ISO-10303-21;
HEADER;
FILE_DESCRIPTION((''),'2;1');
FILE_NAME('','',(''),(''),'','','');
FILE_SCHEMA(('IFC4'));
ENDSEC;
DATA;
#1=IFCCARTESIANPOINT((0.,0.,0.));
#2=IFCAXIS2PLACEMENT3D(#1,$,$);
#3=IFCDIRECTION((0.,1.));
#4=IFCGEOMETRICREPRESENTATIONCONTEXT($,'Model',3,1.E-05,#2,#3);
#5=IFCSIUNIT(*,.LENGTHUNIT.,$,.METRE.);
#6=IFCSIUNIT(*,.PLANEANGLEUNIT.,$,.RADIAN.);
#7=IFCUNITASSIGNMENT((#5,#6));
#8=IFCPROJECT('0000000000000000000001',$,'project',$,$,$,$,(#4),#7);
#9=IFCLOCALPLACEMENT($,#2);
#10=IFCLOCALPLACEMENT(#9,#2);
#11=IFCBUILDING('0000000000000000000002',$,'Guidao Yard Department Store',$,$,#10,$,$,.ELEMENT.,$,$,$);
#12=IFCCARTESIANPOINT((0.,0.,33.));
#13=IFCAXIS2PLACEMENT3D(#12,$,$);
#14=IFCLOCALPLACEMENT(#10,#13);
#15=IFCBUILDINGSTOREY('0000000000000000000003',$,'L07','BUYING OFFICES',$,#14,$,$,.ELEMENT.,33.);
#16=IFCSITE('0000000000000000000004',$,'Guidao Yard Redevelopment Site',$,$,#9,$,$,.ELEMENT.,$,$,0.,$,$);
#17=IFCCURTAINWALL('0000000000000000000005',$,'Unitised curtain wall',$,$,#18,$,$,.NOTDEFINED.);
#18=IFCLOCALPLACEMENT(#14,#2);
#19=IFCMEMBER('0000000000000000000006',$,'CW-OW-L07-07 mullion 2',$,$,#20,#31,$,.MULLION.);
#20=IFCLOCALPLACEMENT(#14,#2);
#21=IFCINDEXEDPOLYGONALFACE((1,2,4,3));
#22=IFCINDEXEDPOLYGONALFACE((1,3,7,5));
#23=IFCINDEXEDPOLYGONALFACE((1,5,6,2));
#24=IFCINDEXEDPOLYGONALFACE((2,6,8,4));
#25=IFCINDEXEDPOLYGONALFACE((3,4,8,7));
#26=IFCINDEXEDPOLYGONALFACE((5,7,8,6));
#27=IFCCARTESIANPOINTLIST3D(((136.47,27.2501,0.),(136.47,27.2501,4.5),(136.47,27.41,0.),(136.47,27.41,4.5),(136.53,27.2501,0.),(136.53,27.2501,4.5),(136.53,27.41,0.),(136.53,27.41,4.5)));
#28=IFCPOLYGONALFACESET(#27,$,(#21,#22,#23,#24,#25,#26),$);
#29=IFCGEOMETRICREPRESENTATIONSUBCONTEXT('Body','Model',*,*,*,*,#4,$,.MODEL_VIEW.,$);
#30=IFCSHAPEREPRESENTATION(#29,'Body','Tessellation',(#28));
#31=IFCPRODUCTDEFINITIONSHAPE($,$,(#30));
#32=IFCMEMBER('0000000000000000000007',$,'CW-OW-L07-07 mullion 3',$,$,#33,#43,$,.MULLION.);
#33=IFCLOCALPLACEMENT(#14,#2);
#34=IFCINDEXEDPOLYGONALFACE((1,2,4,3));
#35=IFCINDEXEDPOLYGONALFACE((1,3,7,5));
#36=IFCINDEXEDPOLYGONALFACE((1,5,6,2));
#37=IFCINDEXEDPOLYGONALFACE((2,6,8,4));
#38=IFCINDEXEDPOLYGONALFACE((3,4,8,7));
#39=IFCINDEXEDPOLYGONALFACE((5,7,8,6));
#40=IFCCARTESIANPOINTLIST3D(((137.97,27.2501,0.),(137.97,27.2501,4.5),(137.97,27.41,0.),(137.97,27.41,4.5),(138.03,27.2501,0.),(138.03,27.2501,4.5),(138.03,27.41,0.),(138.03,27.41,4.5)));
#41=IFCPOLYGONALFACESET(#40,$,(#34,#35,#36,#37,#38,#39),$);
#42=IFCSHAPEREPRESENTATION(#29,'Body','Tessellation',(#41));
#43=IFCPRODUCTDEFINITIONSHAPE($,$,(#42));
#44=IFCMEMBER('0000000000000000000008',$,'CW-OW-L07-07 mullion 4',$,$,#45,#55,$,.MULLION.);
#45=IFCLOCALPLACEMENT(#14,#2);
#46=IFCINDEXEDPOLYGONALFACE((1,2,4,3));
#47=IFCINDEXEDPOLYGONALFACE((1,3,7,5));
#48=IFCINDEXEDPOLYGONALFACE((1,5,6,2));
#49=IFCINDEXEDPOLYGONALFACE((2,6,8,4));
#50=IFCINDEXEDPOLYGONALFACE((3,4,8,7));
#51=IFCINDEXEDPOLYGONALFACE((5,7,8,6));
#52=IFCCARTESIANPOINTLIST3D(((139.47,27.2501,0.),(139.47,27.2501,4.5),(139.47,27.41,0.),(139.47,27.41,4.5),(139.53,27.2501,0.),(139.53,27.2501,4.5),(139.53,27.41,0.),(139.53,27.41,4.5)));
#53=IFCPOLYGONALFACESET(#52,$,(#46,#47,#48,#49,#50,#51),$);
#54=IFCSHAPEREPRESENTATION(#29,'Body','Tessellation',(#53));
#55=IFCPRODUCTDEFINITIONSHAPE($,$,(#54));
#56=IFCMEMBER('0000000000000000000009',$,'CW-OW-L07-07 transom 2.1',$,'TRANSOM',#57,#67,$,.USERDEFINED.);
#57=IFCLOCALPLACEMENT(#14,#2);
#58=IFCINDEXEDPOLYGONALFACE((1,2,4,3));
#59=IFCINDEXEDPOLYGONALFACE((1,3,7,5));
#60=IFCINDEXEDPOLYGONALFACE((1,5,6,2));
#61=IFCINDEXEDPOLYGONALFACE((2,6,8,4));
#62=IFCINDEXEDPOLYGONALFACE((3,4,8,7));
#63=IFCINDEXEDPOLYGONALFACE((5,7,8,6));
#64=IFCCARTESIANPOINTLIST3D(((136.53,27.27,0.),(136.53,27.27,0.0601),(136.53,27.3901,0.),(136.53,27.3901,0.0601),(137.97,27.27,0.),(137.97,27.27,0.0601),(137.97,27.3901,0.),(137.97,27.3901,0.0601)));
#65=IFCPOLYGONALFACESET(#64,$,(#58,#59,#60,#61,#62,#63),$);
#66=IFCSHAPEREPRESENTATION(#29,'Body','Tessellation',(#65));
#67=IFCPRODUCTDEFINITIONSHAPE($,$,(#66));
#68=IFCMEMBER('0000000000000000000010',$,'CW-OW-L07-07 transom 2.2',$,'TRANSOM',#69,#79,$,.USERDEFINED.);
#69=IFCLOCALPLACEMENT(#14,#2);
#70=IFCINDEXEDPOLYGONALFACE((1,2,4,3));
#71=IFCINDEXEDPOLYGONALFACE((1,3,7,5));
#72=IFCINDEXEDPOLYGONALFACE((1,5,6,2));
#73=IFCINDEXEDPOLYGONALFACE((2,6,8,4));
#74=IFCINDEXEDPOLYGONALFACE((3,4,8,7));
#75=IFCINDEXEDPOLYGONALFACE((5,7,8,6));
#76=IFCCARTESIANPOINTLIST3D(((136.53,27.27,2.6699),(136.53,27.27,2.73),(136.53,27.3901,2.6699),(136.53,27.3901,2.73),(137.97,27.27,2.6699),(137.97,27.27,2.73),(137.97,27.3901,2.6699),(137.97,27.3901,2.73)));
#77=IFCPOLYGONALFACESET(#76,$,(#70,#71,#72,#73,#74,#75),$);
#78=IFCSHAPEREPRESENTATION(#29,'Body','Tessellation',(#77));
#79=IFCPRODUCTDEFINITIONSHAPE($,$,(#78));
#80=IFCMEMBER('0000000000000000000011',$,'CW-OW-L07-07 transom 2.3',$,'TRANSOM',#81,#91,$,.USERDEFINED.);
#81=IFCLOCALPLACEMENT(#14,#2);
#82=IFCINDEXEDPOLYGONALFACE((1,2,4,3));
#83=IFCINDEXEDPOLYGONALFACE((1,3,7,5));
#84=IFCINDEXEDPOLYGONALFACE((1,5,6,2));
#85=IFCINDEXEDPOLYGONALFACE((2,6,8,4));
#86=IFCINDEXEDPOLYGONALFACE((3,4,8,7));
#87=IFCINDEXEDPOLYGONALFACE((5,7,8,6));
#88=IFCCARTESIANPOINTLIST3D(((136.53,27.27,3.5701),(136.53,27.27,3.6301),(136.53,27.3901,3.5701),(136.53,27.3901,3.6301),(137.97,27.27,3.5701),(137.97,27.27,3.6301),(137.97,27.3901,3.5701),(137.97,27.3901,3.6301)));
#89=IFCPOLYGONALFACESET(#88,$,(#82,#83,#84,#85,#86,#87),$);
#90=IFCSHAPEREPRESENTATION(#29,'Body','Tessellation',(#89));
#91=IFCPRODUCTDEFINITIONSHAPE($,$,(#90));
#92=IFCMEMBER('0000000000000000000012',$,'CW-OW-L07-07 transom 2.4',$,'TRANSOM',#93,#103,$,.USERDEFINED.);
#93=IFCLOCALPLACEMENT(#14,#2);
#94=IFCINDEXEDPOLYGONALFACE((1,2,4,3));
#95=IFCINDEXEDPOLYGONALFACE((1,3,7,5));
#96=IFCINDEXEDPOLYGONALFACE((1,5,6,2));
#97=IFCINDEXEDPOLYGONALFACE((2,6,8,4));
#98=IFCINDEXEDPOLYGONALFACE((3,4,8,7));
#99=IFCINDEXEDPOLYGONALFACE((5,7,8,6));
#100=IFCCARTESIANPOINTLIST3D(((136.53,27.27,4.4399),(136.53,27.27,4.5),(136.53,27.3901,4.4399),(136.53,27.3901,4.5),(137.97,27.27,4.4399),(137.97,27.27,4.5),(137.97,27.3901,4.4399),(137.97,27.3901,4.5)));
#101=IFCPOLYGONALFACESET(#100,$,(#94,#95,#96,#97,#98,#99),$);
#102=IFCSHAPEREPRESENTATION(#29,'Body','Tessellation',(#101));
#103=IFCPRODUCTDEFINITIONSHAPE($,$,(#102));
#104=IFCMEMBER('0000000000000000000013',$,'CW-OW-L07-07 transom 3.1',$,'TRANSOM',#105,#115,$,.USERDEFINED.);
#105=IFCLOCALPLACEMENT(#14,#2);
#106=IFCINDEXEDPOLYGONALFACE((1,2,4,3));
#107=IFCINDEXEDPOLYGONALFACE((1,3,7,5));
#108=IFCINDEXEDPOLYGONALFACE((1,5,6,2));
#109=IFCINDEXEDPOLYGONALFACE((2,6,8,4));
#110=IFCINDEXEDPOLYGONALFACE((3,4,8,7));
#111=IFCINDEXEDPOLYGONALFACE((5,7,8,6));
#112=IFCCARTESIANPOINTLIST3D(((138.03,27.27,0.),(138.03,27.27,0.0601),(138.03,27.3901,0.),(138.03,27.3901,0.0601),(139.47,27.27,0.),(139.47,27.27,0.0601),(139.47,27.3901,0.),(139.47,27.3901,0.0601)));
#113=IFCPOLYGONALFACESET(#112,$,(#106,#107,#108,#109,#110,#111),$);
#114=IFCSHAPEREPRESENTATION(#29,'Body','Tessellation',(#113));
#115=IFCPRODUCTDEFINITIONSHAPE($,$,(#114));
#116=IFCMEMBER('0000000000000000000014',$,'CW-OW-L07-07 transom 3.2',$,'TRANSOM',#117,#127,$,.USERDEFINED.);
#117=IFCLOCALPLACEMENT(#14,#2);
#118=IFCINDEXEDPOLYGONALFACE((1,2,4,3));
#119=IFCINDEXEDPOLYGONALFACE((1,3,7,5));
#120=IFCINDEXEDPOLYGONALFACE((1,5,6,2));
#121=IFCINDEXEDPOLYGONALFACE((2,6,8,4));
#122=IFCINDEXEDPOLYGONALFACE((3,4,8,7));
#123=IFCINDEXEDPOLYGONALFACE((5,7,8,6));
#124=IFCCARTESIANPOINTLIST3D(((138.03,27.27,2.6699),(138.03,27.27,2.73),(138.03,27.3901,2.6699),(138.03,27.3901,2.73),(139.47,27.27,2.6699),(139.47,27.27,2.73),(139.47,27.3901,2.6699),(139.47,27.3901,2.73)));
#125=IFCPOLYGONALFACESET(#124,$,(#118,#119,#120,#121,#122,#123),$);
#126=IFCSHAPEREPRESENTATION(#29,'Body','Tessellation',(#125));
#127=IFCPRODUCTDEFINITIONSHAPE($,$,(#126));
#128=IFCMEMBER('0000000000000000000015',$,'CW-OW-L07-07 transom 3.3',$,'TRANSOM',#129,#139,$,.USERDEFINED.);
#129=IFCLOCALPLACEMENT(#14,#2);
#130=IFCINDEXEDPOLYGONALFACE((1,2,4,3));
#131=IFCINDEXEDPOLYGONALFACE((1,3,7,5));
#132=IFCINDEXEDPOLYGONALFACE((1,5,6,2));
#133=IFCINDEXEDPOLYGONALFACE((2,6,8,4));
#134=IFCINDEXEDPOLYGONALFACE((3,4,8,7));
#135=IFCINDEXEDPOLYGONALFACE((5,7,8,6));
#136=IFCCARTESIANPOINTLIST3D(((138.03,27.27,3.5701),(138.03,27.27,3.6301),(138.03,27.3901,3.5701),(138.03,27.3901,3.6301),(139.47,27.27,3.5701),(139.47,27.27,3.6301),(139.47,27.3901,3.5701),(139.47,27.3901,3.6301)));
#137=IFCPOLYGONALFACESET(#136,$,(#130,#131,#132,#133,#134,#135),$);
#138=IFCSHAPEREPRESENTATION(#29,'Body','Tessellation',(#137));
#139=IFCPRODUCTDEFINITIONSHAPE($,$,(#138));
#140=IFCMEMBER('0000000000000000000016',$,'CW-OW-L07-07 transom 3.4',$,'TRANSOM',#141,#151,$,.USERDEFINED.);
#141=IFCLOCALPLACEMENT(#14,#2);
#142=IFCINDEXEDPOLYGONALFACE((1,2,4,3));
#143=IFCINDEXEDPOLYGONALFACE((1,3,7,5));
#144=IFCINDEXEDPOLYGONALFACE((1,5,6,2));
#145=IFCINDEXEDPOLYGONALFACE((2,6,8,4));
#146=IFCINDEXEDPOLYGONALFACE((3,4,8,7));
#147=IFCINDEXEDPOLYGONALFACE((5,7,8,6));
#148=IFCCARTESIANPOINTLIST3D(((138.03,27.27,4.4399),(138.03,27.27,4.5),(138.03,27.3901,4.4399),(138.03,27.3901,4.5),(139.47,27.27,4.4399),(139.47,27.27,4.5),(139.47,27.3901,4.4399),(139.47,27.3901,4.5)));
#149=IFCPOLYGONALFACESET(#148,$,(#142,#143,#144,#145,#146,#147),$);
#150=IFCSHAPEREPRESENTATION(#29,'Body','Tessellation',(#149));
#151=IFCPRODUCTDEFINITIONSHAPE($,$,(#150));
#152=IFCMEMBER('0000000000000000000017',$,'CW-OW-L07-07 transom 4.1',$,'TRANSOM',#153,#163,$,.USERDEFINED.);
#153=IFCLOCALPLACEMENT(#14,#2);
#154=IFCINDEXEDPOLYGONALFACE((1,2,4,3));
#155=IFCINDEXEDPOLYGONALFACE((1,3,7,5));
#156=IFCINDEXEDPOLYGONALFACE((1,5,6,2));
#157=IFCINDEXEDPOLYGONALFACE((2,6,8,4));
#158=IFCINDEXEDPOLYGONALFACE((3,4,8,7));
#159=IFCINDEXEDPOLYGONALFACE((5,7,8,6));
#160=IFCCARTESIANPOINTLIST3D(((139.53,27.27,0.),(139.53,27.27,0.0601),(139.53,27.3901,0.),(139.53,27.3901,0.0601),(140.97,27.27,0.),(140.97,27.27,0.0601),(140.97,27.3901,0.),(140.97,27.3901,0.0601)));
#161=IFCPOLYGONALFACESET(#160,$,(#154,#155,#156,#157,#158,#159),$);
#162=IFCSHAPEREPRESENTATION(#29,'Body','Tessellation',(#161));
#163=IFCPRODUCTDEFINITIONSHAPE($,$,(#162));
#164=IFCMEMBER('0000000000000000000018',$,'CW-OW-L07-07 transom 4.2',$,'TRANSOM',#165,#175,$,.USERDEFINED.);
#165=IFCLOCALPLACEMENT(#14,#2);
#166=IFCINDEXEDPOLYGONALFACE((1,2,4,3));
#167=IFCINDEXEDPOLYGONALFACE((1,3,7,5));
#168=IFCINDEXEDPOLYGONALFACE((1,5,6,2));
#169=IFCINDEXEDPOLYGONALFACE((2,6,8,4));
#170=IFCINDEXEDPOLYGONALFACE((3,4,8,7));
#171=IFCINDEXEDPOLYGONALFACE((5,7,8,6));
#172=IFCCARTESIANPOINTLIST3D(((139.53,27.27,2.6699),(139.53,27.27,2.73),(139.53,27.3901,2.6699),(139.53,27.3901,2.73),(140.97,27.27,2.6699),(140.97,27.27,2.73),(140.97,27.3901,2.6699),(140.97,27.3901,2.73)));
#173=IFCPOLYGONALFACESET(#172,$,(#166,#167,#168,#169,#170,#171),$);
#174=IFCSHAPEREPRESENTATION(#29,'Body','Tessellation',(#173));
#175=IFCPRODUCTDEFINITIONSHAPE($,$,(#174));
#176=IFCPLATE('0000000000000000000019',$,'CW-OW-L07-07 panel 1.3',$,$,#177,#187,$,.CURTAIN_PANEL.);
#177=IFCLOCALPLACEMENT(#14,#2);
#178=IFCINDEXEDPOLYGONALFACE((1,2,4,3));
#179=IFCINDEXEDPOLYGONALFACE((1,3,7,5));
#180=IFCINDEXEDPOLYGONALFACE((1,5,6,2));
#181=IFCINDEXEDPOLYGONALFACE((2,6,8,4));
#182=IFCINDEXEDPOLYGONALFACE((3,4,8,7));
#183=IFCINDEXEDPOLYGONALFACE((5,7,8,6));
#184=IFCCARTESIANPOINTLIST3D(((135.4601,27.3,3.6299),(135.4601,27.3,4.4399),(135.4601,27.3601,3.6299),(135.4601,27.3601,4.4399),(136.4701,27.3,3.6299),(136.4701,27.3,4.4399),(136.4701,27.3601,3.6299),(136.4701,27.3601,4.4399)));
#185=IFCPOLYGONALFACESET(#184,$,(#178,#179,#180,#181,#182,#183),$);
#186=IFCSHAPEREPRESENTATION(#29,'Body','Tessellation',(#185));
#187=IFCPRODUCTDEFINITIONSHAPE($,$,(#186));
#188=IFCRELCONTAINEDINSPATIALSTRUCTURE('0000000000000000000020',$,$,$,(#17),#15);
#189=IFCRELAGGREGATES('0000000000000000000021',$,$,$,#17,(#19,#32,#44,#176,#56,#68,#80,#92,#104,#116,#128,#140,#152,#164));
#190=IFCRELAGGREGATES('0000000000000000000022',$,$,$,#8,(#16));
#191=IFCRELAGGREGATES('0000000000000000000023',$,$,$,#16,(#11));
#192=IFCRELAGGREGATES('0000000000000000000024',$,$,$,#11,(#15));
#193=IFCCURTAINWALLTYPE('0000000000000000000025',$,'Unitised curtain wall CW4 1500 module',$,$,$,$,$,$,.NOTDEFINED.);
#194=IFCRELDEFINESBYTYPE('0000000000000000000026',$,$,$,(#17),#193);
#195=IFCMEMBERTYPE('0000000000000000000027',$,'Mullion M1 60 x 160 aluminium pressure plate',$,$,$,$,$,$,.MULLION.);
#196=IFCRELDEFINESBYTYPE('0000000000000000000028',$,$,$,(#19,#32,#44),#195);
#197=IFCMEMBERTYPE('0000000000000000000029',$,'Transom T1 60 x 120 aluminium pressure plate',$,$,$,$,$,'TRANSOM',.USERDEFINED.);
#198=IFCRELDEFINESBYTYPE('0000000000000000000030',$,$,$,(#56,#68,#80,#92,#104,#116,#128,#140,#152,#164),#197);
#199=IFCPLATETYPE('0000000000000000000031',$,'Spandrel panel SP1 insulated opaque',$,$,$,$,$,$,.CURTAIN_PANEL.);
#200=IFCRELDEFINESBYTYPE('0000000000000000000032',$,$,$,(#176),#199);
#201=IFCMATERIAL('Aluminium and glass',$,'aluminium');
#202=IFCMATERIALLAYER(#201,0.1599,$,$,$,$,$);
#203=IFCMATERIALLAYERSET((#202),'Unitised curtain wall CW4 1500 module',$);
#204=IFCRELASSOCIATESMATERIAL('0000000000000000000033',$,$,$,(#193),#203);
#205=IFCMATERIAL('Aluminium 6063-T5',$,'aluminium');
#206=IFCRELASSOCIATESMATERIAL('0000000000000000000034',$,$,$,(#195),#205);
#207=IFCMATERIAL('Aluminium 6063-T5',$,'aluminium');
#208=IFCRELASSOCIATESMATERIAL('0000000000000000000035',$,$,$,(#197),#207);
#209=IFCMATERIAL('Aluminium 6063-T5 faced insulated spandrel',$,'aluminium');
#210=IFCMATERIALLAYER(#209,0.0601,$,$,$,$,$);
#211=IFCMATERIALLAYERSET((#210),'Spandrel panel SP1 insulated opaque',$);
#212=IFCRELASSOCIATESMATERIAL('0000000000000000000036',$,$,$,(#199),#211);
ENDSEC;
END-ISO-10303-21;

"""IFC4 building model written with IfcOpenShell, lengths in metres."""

from ifc_helpers import new_model, si_unit, direction, frame, origin, origin_2d, place, context, subcontext, project, spatial, rectangle, extrude, material, layer, layer_set, material_profile, profile_set, type_object, element, aggregate, save


model = new_model("IFC4")

# Units and contexts
model_context = context("Model", 3, precision=1e-05, world=origin(), true_north=direction((0.0, 1.0)))
body_context = subcontext(model_context, "Body", "Model", "MODEL_VIEW")
ifc_project = project(units=[si_unit("LENGTHUNIT", "METRE"), si_unit("PLANEANGLEUNIT", "RADIAN")], contexts=[model_context])

# Site, building, storey
site_placement = place(None, origin())
site = spatial("IfcSite", under=ifc_project, at=site_placement, Name="Guidao Yard Redevelopment Site", CompositionType="ELEMENT", RefElevation=0.0)
building_placement = place(site_placement, origin())
building = spatial("IfcBuilding", under=site, at=building_placement, Name="Guidao Yard Department Store", CompositionType="ELEMENT")
storey_placement = place(building_placement, frame((0.0, 0.0, 33.0)))
storey = spatial("IfcBuildingStorey", under=building, at=storey_placement, Name="L07", Description="BUYING OFFICES", CompositionType="ELEMENT", Elevation=33.0)

# Curtain wall, members, plate
ifc_material_1 = material(Name="Aluminium and glass", Category="aluminium")
ifc_layer_1 = layer(ifc_material_1, 0.1599)
ifc_layer_set_1 = layer_set([ifc_layer_1], Name="Unitised curtain wall CW4 1500 module")
curtain_wall_type = type_object("IfcCurtainWallType", Name="Unitised curtain wall CW4 1500 module", PredefinedType="NOTDEFINED", material=ifc_layer_set_1)
curtain_wall_placement = place(storey_placement, origin())
curtain_wall = element("IfcCurtainWall", 1, at=curtain_wall_placement, inside=storey, type_object=curtain_wall_type, Name="Unitised curtain wall", PredefinedType="NOTDEFINED")
ifc_material_2 = material(Name="Aluminium 6063-T5", Category="aluminium")
ifc_material_profile_1 = material_profile(ifc_material_2, rectangle(XDim=0.0601, YDim=0.1599, at=origin_2d()), Name="Mullion M1 60 x 160 aluminium pressure plate")
ifc_profile_set_1 = profile_set([ifc_material_profile_1], Name="Aluminium 6063-T5")
member_type_1 = type_object("IfcMemberType", Name="Mullion M1 60 x 160 aluminium pressure plate", PredefinedType="MULLION", material=ifc_profile_set_1)
member_1_placement = place(storey_placement, frame((136.5, 27.3301, 0.0), z_axis=(0.0, 0.0, 1.0), x_axis=(1.0, 0.0, 0.0)))
member_1 = element("IfcMember", 2, at=member_1_placement, type_object=member_type_1, Name="CW-OW-L07-07 mullion 2", PredefinedType="MULLION", context=body_context, shape_type="SweptSolid", body=[
    extrude(rectangle(XDim=0.0601, YDim=0.1599, at=origin_2d()), origin(), (0.0, 0.0, 1.0), 4.5),
])
member_2_placement = place(storey_placement, frame((138.0, 27.3301, 0.0), z_axis=(0.0, 0.0, 1.0), x_axis=(1.0, 0.0, 0.0)))
member_2 = element("IfcMember", 3, at=member_2_placement, type_object=member_type_1, Name="CW-OW-L07-07 mullion 3", PredefinedType="MULLION", context=body_context, shape_type="SweptSolid", body=[
    extrude(rectangle(XDim=0.0601, YDim=0.1599, at=origin_2d()), origin(), (0.0, 0.0, 1.0), 4.5),
])
member_3_placement = place(storey_placement, frame((139.5, 27.3301, 0.0), z_axis=(0.0, 0.0, 1.0), x_axis=(1.0, 0.0, 0.0)))
member_3 = element("IfcMember", 4, at=member_3_placement, type_object=member_type_1, Name="CW-OW-L07-07 mullion 4", PredefinedType="MULLION", context=body_context, shape_type="SweptSolid", body=[
    extrude(rectangle(XDim=0.0601, YDim=0.1599, at=origin_2d()), origin(), (0.0, 0.0, 1.0), 4.5),
])
ifc_material_3 = material(Name="Aluminium 6063-T5", Category="aluminium")
ifc_material_profile_2 = material_profile(ifc_material_3, rectangle(XDim=0.1201, YDim=0.0601, at=origin_2d()), Name="Transom T1 60 x 120 aluminium pressure plate")
ifc_profile_set_2 = profile_set([ifc_material_profile_2], Name="Aluminium 6063-T5")
member_type_2 = type_object("IfcMemberType", Name="Transom T1 60 x 120 aluminium pressure plate", ElementType="TRANSOM", PredefinedType="USERDEFINED", material=ifc_profile_set_2)
member_4_placement = place(storey_placement, frame((136.53, 27.3301, 0.03), z_axis=(1.0, 0.0, 0.0), x_axis=(0.0, 1.0, 0.0)))
member_4 = element("IfcMember", 5, at=member_4_placement, type_object=member_type_2, Name="CW-OW-L07-07 transom 2.1", ObjectType="TRANSOM", PredefinedType="USERDEFINED", context=body_context, shape_type="SweptSolid", body=[
    extrude(rectangle(XDim=0.1201, YDim=0.0601, at=origin_2d()), origin(), (0.0, 0.0, 1.0), 1.4399),
])
member_5_placement = place(storey_placement, frame((136.53, 27.3301, 2.7), z_axis=(1.0, 0.0, 0.0), x_axis=(0.0, 1.0, 0.0)))
member_5 = element("IfcMember", 6, at=member_5_placement, type_object=member_type_2, Name="CW-OW-L07-07 transom 2.2", ObjectType="TRANSOM", PredefinedType="USERDEFINED", context=body_context, shape_type="SweptSolid", body=[
    extrude(rectangle(XDim=0.1201, YDim=0.0601, at=origin_2d()), origin(), (0.0, 0.0, 1.0), 1.4399),
])
member_6_placement = place(storey_placement, frame((136.53, 27.3301, 3.6001), z_axis=(1.0, 0.0, 0.0), x_axis=(0.0, 1.0, 0.0)))
member_6 = element("IfcMember", 7, at=member_6_placement, type_object=member_type_2, Name="CW-OW-L07-07 transom 2.3", ObjectType="TRANSOM", PredefinedType="USERDEFINED", context=body_context, shape_type="SweptSolid", body=[
    extrude(rectangle(XDim=0.1201, YDim=0.0601, at=origin_2d()), origin(), (0.0, 0.0, 1.0), 1.4399),
])
member_7_placement = place(storey_placement, frame((136.53, 27.3301, 4.47), z_axis=(1.0, 0.0, 0.0), x_axis=(0.0, 1.0, 0.0)))
member_7 = element("IfcMember", 8, at=member_7_placement, type_object=member_type_2, Name="CW-OW-L07-07 transom 2.4", ObjectType="TRANSOM", PredefinedType="USERDEFINED", context=body_context, shape_type="SweptSolid", body=[
    extrude(rectangle(XDim=0.1201, YDim=0.0601, at=origin_2d()), origin(), (0.0, 0.0, 1.0), 1.4399),
])
member_8_placement = place(storey_placement, frame((138.03, 27.3301, 0.03), z_axis=(1.0, 0.0, 0.0), x_axis=(0.0, 1.0, 0.0)))
member_8 = element("IfcMember", 9, at=member_8_placement, type_object=member_type_2, Name="CW-OW-L07-07 transom 3.1", ObjectType="TRANSOM", PredefinedType="USERDEFINED", context=body_context, shape_type="SweptSolid", body=[
    extrude(rectangle(XDim=0.1201, YDim=0.0601, at=origin_2d()), origin(), (0.0, 0.0, 1.0), 1.4399),
])
member_9_placement = place(storey_placement, frame((138.03, 27.3301, 2.7), z_axis=(1.0, 0.0, 0.0), x_axis=(0.0, 1.0, 0.0)))
member_9 = element("IfcMember", 10, at=member_9_placement, type_object=member_type_2, Name="CW-OW-L07-07 transom 3.2", ObjectType="TRANSOM", PredefinedType="USERDEFINED", context=body_context, shape_type="SweptSolid", body=[
    extrude(rectangle(XDim=0.1201, YDim=0.0601, at=origin_2d()), origin(), (0.0, 0.0, 1.0), 1.4399),
])
member_10_placement = place(storey_placement, frame((138.03, 27.3301, 3.6001), z_axis=(1.0, 0.0, 0.0), x_axis=(0.0, 1.0, 0.0)))
member_10 = element("IfcMember", 11, at=member_10_placement, type_object=member_type_2, Name="CW-OW-L07-07 transom 3.3", ObjectType="TRANSOM", PredefinedType="USERDEFINED", context=body_context, shape_type="SweptSolid", body=[
    extrude(rectangle(XDim=0.1201, YDim=0.0601, at=origin_2d()), origin(), (0.0, 0.0, 1.0), 1.4399),
])
member_11_placement = place(storey_placement, frame((138.03, 27.3301, 4.47), z_axis=(1.0, 0.0, 0.0), x_axis=(0.0, 1.0, 0.0)))
member_11 = element("IfcMember", 12, at=member_11_placement, type_object=member_type_2, Name="CW-OW-L07-07 transom 3.4", ObjectType="TRANSOM", PredefinedType="USERDEFINED", context=body_context, shape_type="SweptSolid", body=[
    extrude(rectangle(XDim=0.1201, YDim=0.0601, at=origin_2d()), origin(), (0.0, 0.0, 1.0), 1.4399),
])
member_12_placement = place(storey_placement, frame((139.53, 27.3301, 0.03), z_axis=(1.0, 0.0, 0.0), x_axis=(0.0, 1.0, 0.0)))
member_12 = element("IfcMember", 13, at=member_12_placement, type_object=member_type_2, Name="CW-OW-L07-07 transom 4.1", ObjectType="TRANSOM", PredefinedType="USERDEFINED", context=body_context, shape_type="SweptSolid", body=[
    extrude(rectangle(XDim=0.1201, YDim=0.0601, at=origin_2d()), origin(), (0.0, 0.0, 1.0), 1.4399),
])
member_13_placement = place(storey_placement, frame((139.53, 27.3301, 2.7), z_axis=(1.0, 0.0, 0.0), x_axis=(0.0, 1.0, 0.0)))
member_13 = element("IfcMember", 14, at=member_13_placement, type_object=member_type_2, Name="CW-OW-L07-07 transom 4.2", ObjectType="TRANSOM", PredefinedType="USERDEFINED", context=body_context, shape_type="SweptSolid", body=[
    extrude(rectangle(XDim=0.1201, YDim=0.0601, at=origin_2d()), origin(), (0.0, 0.0, 1.0), 1.4399),
])
ifc_material_4 = material(Name="Aluminium 6063-T5 faced insulated spandrel", Category="aluminium")
ifc_layer_2 = layer(ifc_material_4, 0.0601)
ifc_layer_set_2 = layer_set([ifc_layer_2], Name="Spandrel panel SP1 insulated opaque")
plate_type_1 = type_object("IfcPlateType", Name="Spandrel panel SP1 insulated opaque", PredefinedType="CURTAIN_PANEL", material=ifc_layer_set_2)
plate_1_placement = place(storey_placement, frame((135.9651, 27.3301, 3.6299), z_axis=(0.0, 0.0, 1.0), x_axis=(1.0, 0.0, 0.0)))
plate_1 = element("IfcPlate", 15, at=plate_1_placement, type_object=plate_type_1, Name="CW-OW-L07-07 panel 1.3", PredefinedType="CURTAIN_PANEL", context=body_context, shape_type="SweptSolid", body=[
    extrude(rectangle(XDim=1.01, YDim=0.0601, at=origin_2d()), origin(), (0.0, 0.0, 1.0), 0.8101),
])
aggregate(curtain_wall, [member_1, member_2, member_3, plate_1, member_4, member_5, member_6, member_7, member_8, member_9, member_10, member_11, member_12, member_13])

save(model, "model.ifc")
